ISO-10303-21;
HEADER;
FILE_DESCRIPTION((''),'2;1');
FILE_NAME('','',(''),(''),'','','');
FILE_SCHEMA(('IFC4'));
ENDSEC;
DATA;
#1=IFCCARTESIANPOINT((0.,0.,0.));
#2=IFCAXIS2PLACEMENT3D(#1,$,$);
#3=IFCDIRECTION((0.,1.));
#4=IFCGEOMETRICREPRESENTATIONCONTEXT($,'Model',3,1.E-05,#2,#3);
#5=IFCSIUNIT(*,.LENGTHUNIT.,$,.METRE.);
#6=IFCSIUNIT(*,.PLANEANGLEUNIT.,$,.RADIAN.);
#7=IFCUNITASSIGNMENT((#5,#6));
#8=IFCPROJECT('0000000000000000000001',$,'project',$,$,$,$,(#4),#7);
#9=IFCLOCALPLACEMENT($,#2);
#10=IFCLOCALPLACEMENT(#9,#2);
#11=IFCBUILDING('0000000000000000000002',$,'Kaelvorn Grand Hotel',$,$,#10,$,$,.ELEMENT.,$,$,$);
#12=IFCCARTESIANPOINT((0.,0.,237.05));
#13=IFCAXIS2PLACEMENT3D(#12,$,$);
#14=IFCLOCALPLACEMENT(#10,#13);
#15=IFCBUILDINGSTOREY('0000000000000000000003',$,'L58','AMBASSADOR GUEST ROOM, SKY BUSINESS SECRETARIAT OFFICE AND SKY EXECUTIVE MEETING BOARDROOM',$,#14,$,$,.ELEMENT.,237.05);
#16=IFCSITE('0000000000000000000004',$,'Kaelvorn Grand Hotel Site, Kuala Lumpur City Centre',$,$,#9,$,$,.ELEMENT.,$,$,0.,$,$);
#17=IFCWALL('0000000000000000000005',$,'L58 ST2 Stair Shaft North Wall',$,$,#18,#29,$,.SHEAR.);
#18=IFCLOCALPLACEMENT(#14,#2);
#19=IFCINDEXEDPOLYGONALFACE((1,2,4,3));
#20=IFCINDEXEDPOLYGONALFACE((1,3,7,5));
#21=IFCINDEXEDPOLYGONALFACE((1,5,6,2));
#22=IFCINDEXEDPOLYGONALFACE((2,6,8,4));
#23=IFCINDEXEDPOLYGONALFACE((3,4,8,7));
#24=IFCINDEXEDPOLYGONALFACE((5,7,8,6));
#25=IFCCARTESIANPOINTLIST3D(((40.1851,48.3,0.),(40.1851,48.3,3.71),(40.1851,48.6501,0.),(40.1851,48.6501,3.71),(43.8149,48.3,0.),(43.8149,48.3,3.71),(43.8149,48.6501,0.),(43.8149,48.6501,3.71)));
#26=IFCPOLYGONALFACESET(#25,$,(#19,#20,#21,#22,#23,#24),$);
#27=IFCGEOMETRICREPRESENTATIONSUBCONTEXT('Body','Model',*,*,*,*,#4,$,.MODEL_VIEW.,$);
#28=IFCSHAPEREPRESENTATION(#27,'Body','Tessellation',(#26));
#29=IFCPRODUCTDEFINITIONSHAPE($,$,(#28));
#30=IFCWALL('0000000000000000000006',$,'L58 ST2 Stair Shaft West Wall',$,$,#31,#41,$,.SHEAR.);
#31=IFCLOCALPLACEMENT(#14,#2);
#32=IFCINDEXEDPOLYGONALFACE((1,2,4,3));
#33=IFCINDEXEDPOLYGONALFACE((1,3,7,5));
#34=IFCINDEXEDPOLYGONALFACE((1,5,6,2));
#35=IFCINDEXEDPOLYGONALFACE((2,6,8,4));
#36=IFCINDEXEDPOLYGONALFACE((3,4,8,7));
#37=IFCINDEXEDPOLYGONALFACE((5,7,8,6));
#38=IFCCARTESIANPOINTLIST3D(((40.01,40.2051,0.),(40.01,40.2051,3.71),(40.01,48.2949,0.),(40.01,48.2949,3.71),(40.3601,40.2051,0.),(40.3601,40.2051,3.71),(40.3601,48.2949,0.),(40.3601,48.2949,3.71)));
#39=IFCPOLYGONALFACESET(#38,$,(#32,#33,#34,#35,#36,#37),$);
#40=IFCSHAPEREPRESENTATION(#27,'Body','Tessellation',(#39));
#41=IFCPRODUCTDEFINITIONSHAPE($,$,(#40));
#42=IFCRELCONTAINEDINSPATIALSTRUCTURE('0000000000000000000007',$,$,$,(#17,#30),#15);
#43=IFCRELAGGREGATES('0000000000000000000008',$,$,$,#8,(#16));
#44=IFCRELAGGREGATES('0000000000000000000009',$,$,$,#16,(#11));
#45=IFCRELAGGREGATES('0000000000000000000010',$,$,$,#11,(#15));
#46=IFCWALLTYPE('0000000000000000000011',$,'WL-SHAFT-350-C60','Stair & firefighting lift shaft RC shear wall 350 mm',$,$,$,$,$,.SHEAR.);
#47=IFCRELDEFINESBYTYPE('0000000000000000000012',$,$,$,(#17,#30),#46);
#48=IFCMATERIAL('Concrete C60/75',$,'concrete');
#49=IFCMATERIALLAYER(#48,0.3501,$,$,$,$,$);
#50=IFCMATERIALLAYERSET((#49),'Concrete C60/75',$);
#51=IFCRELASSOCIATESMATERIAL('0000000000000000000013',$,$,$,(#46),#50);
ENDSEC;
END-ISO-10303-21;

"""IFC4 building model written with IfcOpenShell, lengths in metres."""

from ifc_helpers import new_model, si_unit, direction, frame, frame_2d, origin, place, context, subcontext, project, spatial, rectangle, extrude, material, layer, layer_set, type_object, element, save


model = new_model("IFC4")

# Units and contexts
model_context = context("Model", 3, precision=1e-05, world=origin(), true_north=direction((0.0, 1.0)))
body_context = subcontext(model_context, "Body", "Model", "MODEL_VIEW")
ifc_project = project(units=[si_unit("LENGTHUNIT", "METRE"), si_unit("PLANEANGLEUNIT", "RADIAN")], contexts=[model_context])

# Site, building, storey
site_placement = place(None, origin())
site = spatial("IfcSite", under=ifc_project, at=site_placement, Name="Kaelvorn Grand Hotel Site, Kuala Lumpur City Centre", CompositionType="ELEMENT", RefElevation=0.0)
building_placement = place(site_placement, origin())
building = spatial("IfcBuilding", under=site, at=building_placement, Name="Kaelvorn Grand Hotel", CompositionType="ELEMENT")
storey_placement = place(building_placement, frame((0.0, 0.0, 237.05)))
storey = spatial("IfcBuildingStorey", under=building, at=storey_placement, Name="L58", Description="AMBASSADOR GUEST ROOM, SKY BUSINESS SECRETARIAT OFFICE AND SKY EXECUTIVE MEETING BOARDROOM", CompositionType="ELEMENT", Elevation=237.05)

# Shared definitions
ifc_material_1 = material(Name="Concrete C60/75", Category="concrete")
ifc_layer_1 = layer(ifc_material_1, 0.3501)
ifc_layer_set_1 = layer_set([ifc_layer_1], Name="Concrete C60/75")
wall_type_1 = type_object("IfcWallType", Name="WL-SHAFT-350-C60", Description="Stair & firefighting lift shaft RC shear wall 350 mm", PredefinedType="SHEAR", material=ifc_layer_set_1)

# Walls
wall_1_placement = place(storey_placement, frame((40.1851, 48.4751, 0.0), z_axis=(0.0, 0.0, 1.0), x_axis=(1.0, 0.0, 0.0)))
element("IfcWall", 1, at=wall_1_placement, inside=storey, type_object=wall_type_1, Name="L58 ST2 Stair Shaft North Wall", PredefinedType="SHEAR", context=body_context, shape_type="SweptSolid", body=[
    extrude(rectangle(XDim=3.6299, YDim=0.3501, at=frame_2d((1.8149, 0.0))), origin(), (0.0, 0.0, 1.0), 3.71),
])
wall_2_placement = place(storey_placement, frame((40.1851, 40.2051, 0.0), z_axis=(0.0, 0.0, 1.0), x_axis=(0.0, 1.0, 0.0)))
element("IfcWall", 2, at=wall_2_placement, inside=storey, type_object=wall_type_1, Name="L58 ST2 Stair Shaft West Wall", PredefinedType="SHEAR", context=body_context, shape_type="SweptSolid", body=[
    extrude(rectangle(XDim=8.0898, YDim=0.3501, at=frame_2d((4.0449, 0.0))), origin(), (0.0, 0.0, 1.0), 3.71),
])

save(model, "model.ifc")
